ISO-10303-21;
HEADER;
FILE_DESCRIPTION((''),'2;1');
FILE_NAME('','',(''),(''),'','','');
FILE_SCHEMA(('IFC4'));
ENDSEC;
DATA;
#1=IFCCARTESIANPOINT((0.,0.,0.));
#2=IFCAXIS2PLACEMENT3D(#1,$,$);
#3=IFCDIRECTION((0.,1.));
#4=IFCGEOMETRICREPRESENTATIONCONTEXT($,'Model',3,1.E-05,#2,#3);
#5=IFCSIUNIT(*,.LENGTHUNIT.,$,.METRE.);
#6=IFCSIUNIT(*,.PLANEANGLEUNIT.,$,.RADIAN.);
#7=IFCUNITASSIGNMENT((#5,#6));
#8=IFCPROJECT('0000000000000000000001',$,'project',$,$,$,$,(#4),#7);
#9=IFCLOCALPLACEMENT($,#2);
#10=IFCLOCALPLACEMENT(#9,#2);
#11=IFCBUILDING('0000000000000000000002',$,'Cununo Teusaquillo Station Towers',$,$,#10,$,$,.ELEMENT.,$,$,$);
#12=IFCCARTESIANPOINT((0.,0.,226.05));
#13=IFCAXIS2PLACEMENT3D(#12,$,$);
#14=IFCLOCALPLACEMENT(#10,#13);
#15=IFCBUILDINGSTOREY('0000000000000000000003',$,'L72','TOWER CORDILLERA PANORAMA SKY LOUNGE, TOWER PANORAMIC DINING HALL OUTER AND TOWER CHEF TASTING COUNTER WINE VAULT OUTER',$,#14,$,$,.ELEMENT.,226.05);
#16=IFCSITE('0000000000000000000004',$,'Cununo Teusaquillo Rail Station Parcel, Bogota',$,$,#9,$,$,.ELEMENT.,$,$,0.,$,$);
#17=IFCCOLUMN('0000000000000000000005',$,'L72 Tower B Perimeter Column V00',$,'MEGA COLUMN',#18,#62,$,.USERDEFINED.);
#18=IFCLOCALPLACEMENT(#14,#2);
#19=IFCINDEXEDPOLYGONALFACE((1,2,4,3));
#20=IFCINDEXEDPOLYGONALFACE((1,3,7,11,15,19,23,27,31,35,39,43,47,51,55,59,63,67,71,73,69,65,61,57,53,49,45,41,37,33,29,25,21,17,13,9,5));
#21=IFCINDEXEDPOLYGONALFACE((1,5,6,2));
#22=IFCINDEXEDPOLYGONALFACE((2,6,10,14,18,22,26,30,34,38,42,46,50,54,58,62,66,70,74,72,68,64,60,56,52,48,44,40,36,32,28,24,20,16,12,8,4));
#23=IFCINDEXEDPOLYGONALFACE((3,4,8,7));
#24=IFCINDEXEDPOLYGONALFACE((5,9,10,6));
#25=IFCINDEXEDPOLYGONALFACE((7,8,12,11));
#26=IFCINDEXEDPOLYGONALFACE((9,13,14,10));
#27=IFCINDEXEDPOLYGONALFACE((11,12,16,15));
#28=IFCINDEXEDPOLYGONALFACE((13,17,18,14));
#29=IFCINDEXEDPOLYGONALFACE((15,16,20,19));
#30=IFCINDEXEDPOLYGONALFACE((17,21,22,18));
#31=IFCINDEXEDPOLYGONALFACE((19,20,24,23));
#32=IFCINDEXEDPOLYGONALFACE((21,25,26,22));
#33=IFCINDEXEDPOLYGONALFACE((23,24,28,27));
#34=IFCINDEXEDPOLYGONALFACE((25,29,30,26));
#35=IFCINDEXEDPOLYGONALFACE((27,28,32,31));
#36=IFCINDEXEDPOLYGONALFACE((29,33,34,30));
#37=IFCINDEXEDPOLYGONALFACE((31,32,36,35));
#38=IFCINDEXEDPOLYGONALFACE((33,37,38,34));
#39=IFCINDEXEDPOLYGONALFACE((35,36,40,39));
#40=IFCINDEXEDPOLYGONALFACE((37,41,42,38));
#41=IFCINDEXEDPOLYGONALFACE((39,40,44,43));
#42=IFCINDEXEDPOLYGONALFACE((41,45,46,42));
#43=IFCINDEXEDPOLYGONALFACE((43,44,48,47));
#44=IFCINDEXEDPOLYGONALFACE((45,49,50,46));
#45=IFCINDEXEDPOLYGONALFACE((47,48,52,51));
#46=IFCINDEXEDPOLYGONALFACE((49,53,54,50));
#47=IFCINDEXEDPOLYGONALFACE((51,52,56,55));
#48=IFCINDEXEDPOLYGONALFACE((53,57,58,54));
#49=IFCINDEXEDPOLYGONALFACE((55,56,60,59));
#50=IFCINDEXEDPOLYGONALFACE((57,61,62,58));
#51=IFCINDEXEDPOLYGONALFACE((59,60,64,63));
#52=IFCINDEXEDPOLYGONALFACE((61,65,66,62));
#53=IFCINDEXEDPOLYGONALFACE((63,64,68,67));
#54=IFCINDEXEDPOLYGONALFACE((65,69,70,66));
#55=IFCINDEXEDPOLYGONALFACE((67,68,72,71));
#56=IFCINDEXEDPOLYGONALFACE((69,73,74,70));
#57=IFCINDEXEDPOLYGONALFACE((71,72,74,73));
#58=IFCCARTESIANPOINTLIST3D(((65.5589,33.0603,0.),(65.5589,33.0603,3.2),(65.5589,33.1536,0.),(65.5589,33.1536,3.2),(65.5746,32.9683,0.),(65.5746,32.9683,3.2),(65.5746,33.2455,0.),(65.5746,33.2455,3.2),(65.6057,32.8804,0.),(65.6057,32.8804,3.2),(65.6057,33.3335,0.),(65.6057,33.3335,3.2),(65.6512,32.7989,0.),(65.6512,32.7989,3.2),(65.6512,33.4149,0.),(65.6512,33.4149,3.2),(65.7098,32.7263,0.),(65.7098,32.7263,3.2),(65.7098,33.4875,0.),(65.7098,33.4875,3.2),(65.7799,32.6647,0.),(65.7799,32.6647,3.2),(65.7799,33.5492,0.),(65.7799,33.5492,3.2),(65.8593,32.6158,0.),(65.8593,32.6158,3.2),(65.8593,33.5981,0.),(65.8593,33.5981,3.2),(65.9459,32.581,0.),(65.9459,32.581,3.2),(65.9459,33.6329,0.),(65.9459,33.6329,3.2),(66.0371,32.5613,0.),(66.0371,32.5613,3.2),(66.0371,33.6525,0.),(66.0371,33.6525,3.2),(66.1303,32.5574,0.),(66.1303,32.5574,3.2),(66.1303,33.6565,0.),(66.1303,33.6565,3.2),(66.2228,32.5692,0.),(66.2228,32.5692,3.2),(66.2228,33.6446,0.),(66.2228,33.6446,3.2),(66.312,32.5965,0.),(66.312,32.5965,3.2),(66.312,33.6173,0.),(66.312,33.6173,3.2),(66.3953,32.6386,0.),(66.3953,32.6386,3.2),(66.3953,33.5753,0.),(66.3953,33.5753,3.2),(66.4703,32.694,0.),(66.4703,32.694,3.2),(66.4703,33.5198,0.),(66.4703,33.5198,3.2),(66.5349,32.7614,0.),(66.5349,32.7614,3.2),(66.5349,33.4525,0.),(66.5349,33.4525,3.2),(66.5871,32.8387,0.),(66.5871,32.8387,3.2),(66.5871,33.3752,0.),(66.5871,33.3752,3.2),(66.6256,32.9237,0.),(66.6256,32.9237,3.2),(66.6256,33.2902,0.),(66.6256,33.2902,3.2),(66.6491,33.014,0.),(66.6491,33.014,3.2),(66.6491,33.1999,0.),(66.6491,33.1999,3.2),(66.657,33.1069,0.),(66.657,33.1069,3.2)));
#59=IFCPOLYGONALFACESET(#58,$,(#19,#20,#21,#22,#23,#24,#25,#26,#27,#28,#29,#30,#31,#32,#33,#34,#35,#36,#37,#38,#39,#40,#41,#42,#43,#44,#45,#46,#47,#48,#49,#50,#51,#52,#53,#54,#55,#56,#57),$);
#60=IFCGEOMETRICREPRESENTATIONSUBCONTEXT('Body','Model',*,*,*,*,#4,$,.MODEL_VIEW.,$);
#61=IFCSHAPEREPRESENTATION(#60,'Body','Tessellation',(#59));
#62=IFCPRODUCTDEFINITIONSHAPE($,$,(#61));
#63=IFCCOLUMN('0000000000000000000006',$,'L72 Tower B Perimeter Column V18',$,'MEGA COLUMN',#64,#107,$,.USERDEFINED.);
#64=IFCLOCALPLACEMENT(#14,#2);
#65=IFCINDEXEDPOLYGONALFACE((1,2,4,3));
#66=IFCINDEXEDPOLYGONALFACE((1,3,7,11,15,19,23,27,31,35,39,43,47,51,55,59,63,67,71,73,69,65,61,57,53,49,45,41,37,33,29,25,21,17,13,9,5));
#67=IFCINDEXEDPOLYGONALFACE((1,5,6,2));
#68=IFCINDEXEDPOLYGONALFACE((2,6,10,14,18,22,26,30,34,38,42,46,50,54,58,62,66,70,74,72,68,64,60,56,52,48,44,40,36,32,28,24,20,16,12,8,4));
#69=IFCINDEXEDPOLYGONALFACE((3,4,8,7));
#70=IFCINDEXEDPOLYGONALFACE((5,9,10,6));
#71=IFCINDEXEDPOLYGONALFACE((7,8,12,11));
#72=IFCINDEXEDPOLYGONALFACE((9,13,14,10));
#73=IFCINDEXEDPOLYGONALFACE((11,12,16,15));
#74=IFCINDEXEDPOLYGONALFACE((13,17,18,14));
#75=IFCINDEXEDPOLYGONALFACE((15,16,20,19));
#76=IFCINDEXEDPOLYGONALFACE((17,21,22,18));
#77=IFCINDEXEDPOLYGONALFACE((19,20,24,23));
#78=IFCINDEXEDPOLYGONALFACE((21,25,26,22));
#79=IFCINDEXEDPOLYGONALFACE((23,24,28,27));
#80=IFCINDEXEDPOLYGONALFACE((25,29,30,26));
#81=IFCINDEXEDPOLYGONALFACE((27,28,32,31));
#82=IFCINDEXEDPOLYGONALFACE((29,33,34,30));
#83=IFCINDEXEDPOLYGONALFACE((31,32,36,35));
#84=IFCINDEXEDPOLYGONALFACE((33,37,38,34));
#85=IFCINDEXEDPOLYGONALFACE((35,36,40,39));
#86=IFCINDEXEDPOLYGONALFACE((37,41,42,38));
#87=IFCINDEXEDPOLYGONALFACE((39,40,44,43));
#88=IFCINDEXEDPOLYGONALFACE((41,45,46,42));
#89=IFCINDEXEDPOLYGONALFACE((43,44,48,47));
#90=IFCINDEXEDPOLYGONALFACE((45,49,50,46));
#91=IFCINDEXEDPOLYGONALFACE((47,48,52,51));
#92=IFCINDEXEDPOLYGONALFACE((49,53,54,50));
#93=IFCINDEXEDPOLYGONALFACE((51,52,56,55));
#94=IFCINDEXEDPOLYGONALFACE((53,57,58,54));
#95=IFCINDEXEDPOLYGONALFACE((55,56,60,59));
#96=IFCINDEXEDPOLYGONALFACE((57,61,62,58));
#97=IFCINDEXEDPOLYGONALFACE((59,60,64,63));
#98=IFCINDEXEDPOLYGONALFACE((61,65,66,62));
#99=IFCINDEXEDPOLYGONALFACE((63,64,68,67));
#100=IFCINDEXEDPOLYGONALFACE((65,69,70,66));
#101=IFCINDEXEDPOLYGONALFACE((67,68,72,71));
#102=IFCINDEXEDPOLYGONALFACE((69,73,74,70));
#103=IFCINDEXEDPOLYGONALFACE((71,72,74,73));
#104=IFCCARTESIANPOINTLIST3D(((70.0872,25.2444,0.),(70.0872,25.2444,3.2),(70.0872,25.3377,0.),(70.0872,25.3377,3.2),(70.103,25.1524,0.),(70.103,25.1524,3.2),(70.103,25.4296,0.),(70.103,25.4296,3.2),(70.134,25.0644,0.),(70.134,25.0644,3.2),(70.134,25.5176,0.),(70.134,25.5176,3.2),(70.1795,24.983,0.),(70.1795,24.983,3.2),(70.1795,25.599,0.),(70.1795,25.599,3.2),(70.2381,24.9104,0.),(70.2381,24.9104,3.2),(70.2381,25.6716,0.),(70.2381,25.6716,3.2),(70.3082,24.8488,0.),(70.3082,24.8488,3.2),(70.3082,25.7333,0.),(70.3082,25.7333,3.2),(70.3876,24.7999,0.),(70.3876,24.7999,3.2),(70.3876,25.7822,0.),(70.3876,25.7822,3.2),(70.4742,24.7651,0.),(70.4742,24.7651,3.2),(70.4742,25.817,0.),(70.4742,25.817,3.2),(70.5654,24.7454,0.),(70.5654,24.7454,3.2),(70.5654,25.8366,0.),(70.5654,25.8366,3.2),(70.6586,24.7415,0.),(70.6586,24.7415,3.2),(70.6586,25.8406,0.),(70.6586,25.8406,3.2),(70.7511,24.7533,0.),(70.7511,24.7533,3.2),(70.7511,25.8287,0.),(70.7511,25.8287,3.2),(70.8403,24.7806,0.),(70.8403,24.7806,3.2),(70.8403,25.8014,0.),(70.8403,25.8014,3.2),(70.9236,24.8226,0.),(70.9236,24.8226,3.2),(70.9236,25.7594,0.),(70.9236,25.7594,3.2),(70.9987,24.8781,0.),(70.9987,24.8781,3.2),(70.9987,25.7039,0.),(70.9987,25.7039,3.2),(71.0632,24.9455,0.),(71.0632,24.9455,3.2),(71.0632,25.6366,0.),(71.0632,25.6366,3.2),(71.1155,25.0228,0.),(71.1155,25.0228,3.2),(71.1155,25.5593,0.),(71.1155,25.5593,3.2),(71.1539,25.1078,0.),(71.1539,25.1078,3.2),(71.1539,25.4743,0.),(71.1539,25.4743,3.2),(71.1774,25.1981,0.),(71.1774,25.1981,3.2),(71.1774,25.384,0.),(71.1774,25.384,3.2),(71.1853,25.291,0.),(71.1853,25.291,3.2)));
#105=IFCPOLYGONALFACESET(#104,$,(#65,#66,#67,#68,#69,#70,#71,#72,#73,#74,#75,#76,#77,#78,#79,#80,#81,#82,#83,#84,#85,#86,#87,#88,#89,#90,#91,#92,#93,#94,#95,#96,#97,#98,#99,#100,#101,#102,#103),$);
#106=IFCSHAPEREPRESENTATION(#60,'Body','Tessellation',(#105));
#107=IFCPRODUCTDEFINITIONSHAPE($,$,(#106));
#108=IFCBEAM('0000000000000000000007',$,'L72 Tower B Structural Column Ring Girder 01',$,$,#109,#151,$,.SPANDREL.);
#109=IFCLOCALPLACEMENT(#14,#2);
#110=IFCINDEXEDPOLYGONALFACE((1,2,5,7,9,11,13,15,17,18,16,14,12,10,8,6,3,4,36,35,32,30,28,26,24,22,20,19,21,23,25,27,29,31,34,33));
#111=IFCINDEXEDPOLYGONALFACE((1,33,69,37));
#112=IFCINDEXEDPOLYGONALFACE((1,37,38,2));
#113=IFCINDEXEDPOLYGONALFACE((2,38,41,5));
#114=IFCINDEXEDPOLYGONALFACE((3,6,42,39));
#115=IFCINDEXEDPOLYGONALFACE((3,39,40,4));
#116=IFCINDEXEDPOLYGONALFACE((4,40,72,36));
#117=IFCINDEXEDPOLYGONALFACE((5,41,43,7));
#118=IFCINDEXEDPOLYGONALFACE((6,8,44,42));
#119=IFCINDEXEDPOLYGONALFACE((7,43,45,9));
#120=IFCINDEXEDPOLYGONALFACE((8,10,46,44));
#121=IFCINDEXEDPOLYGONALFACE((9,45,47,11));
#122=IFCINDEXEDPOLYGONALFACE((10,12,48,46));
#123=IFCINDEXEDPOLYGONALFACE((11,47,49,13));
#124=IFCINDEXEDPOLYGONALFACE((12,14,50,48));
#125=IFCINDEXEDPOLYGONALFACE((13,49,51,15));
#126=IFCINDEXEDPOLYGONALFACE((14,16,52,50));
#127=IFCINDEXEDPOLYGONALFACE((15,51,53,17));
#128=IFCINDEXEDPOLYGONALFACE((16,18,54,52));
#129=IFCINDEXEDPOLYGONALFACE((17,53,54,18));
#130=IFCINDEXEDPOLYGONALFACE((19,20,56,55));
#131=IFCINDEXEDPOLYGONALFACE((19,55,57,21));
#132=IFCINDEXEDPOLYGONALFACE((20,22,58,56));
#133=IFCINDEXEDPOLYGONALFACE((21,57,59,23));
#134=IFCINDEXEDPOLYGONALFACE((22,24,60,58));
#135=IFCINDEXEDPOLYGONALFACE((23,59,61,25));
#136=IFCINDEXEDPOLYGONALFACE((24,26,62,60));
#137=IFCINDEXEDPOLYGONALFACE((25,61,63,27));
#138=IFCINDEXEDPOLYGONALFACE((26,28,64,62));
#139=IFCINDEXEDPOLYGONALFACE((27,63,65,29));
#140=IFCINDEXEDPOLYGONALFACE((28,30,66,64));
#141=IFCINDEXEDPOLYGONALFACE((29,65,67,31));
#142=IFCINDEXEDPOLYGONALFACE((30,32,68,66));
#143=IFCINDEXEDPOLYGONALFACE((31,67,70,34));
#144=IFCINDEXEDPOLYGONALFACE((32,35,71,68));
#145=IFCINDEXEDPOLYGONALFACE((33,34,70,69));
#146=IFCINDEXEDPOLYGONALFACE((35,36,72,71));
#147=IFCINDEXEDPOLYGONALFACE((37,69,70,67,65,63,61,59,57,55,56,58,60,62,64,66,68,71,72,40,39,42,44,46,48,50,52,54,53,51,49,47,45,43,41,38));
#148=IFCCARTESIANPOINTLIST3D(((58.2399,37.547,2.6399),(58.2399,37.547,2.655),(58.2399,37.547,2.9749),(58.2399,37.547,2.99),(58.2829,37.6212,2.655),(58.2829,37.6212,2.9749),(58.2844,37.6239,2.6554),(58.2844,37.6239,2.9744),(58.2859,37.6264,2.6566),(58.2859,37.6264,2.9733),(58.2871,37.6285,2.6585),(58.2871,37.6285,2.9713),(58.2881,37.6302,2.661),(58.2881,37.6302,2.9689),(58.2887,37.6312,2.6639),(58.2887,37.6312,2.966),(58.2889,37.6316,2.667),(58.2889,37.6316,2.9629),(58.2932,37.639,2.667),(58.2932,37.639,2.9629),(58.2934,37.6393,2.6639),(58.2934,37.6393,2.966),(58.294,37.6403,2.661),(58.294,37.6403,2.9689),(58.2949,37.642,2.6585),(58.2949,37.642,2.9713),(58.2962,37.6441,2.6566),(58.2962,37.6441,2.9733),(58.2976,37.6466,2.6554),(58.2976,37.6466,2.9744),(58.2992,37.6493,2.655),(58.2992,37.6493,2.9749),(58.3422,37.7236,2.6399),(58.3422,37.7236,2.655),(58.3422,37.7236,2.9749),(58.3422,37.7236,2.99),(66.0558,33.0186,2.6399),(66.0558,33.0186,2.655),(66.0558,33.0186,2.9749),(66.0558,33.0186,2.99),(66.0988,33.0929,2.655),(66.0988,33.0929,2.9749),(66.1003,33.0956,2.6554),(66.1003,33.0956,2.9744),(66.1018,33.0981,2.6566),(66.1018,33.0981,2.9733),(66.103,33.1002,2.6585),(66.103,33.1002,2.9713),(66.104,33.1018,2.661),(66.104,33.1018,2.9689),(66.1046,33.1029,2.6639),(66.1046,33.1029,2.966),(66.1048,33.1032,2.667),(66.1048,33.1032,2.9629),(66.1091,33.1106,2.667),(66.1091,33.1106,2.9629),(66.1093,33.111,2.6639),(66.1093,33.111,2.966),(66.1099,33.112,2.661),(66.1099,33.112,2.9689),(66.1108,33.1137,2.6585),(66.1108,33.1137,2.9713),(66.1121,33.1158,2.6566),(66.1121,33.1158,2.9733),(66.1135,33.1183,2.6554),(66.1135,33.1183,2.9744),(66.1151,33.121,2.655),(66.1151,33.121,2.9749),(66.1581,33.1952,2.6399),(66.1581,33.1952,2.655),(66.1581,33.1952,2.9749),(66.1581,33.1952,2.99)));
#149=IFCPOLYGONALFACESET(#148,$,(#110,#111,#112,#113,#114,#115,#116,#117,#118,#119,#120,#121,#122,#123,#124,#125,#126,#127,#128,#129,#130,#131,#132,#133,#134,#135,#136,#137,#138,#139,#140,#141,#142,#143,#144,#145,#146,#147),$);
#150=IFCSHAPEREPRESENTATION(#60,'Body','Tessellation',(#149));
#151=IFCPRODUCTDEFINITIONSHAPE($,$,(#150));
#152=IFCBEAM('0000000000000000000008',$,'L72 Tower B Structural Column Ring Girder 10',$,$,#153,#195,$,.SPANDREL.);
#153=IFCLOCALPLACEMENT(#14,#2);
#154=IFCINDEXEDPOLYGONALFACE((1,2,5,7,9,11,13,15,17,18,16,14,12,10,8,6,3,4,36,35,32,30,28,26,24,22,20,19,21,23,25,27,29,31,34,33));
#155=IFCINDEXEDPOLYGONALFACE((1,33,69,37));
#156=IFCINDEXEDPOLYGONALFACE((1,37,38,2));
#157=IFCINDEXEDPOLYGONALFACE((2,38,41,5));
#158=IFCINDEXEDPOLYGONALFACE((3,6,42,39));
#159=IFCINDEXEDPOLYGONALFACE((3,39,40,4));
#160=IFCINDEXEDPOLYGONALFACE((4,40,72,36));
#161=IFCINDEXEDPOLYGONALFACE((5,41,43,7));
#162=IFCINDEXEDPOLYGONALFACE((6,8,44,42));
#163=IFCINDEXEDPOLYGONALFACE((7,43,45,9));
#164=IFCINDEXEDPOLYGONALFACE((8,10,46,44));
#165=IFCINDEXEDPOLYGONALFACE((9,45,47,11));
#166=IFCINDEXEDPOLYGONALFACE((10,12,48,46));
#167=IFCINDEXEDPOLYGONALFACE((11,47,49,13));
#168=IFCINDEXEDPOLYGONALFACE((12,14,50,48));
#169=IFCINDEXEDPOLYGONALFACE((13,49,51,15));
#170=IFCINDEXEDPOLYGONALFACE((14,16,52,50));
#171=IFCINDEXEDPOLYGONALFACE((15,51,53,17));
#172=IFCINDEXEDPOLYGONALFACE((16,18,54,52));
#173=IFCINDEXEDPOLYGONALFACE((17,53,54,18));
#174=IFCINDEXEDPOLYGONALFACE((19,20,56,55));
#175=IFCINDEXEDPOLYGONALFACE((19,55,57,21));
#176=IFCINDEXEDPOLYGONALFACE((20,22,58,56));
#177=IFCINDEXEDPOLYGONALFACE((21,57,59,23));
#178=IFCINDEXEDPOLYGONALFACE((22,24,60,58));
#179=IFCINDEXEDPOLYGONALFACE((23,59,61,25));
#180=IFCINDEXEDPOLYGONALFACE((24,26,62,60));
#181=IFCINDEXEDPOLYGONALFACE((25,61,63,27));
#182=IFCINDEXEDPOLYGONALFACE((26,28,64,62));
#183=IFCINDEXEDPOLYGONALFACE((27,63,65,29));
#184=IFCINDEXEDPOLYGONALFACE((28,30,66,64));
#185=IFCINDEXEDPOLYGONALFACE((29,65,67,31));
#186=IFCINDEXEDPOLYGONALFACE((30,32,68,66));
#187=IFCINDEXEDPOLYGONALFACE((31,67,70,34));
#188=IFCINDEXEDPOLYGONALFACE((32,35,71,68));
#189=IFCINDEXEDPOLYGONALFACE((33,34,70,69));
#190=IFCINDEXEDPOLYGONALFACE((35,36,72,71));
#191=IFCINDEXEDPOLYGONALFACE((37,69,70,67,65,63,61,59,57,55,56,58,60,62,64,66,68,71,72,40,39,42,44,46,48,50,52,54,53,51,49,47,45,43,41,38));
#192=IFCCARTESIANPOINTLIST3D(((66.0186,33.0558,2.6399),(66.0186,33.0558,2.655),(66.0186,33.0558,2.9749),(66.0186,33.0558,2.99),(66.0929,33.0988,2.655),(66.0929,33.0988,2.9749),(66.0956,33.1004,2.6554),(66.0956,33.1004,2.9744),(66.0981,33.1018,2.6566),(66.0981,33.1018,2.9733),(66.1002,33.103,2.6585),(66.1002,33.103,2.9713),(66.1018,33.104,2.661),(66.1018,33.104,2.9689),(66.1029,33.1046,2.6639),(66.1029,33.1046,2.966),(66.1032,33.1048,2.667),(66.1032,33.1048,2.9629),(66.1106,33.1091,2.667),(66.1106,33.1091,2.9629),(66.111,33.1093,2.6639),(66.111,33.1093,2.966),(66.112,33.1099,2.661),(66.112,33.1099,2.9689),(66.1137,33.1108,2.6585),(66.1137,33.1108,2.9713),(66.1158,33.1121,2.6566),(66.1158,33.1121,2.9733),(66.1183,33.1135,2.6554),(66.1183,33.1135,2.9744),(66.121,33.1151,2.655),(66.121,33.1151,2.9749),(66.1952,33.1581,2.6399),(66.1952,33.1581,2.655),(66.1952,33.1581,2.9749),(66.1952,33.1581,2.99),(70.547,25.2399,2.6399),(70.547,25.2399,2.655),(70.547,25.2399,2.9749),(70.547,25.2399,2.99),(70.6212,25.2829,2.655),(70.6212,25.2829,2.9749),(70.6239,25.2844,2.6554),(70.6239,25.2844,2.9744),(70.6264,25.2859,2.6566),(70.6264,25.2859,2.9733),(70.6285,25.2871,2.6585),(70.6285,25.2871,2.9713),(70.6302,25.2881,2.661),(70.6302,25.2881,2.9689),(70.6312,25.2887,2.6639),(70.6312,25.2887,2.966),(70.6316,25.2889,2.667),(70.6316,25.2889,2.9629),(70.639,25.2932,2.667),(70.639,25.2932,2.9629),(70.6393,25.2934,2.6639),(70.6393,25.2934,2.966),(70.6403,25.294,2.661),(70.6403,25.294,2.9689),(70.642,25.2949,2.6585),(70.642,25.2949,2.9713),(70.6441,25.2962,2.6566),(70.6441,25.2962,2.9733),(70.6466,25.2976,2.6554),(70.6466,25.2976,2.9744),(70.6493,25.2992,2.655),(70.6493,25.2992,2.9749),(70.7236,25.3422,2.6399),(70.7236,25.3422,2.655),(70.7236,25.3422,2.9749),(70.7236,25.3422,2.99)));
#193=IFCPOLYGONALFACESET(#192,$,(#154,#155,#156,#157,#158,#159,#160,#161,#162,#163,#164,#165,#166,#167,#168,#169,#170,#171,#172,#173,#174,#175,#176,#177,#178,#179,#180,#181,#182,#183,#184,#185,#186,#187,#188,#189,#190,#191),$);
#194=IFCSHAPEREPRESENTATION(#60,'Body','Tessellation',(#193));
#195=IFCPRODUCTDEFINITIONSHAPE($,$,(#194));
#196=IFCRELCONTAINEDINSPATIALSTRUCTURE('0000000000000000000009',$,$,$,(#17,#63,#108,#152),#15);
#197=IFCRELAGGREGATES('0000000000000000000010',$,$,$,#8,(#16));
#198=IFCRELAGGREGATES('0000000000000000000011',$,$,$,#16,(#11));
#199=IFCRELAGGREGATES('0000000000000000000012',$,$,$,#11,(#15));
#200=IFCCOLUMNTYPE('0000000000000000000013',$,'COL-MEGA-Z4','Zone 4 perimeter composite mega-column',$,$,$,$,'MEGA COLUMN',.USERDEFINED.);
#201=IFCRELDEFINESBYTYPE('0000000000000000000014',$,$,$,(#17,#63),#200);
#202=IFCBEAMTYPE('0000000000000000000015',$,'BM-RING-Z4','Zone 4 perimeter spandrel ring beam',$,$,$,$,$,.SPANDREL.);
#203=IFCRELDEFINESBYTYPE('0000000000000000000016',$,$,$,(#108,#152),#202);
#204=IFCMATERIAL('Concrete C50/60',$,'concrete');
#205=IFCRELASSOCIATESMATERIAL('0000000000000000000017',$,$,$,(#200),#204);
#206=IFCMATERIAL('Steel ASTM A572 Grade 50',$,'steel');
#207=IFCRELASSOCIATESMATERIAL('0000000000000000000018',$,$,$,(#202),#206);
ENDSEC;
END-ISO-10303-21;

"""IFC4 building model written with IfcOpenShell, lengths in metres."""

from ifc_helpers import new_model, si_unit, direction, frame, origin, origin_2d, place, context, subcontext, project, spatial, circle, i_section, extrude, material, material_profile, profile_set, type_object, element, save


model = new_model("IFC4")

# Units and contexts
model_context = context("Model", 3, precision=1e-05, world=origin(), true_north=direction((0.0, 1.0)))
body_context = subcontext(model_context, "Body", "Model", "MODEL_VIEW")
ifc_project = project(units=[si_unit("LENGTHUNIT", "METRE"), si_unit("PLANEANGLEUNIT", "RADIAN")], contexts=[model_context])

# Site, building, storey
site_placement = place(None, origin())
site = spatial("IfcSite", under=ifc_project, at=site_placement, Name="Cununo Teusaquillo Rail Station Parcel, Bogota", CompositionType="ELEMENT", RefElevation=0.0)
building_placement = place(site_placement, origin())
building = spatial("IfcBuilding", under=site, at=building_placement, Name="Cununo Teusaquillo Station Towers", CompositionType="ELEMENT")
storey_placement = place(building_placement, frame((0.0, 0.0, 226.05)))
storey = spatial("IfcBuildingStorey", under=building, at=storey_placement, Name="L72", Description="TOWER CORDILLERA PANORAMA SKY LOUNGE, TOWER PANORAMIC DINING HALL OUTER AND TOWER CHEF TASTING COUNTER WINE VAULT OUTER", CompositionType="ELEMENT", Elevation=226.05)

# Columns
ifc_material_1 = material(Name="Concrete C50/60", Category="concrete")
ifc_material_profile_1 = material_profile(ifc_material_1, circle(Radius=0.55, at=origin_2d()), Name="RC-CIRC-1100")
ifc_profile_set_1 = profile_set([ifc_material_profile_1], Name="Concrete C50/60")
column_type = type_object("IfcColumnType", Name="COL-MEGA-Z4", Description="Zone 4 perimeter composite mega-column", ElementType="MEGA COLUMN", PredefinedType="USERDEFINED", material=ifc_profile_set_1)
for number, where, z_axis, x_axis, name in (
    (1, (66.1069, 33.1069, 0.0), (0.0, 0.0, 1.0), (1.0, 0.0, 0.0), "L72 Tower B Perimeter Column V00"),
    (2, (70.6353, 25.291, 0.0), (0.0, 0.0, 1.0), (1.0, 0.0, 0.0), "L72 Tower B Perimeter Column V18"),
):
    element("IfcColumn", number, at=place(storey_placement, frame(where, z_axis=z_axis, x_axis=x_axis)), inside=storey, type_object=column_type, Name=name, ObjectType="MEGA COLUMN", PredefinedType="USERDEFINED", context=body_context, shape_type="SweptSolid", body=[
        extrude(circle(Radius=0.55, at=origin_2d()), origin(), (0.0, 0.0, 1.0), 3.2),
    ])

# Beams
ifc_material_2 = material(Name="Steel ASTM A572 Grade 50", Category="steel")
ifc_material_profile_2 = material_profile(ifc_material_2, i_section(OverallWidth=0.2041, OverallDepth=0.3501, WebThickness=0.0085, FlangeThickness=0.0151, FilletRadius=0.012, at=origin_2d()), Name="W14X48")
ifc_profile_set_2 = profile_set([ifc_material_profile_2], Name="Steel ASTM A572 Grade 50")
beam_type = type_object("IfcBeamType", Name="BM-RING-Z4", Description="Zone 4 perimeter spandrel ring beam", PredefinedType="SPANDREL", material=ifc_profile_set_2)
for number, where, z_axis, x_axis, name in (
    (3, (66.1069, 33.1069, 2.8149), (-0.865267, 0.501311, 0.0), (-0.501311, -0.865267, 0.0), "L72 Tower B Structural Column Ring Girder 01"),
    (4, (70.6353, 25.291, 2.8149), (-0.501311, 0.865267, 0.0), (-0.865267, -0.501311, 0.0), "L72 Tower B Structural Column Ring Girder 10"),
):
    element("IfcBeam", number, at=place(storey_placement, frame(where, z_axis=z_axis, x_axis=x_axis)), inside=storey, type_object=beam_type, Name=name, PredefinedType="SPANDREL", context=body_context, shape_type="SweptSolid", body=[
        extrude(i_section(OverallWidth=0.2041, OverallDepth=0.3501, WebThickness=0.0085, FlangeThickness=0.0151, FilletRadius=0.012, at=origin_2d()), origin(), (0.0, 0.0, 1.0), 9.033),
    ])

save(model, "model.ifc")
